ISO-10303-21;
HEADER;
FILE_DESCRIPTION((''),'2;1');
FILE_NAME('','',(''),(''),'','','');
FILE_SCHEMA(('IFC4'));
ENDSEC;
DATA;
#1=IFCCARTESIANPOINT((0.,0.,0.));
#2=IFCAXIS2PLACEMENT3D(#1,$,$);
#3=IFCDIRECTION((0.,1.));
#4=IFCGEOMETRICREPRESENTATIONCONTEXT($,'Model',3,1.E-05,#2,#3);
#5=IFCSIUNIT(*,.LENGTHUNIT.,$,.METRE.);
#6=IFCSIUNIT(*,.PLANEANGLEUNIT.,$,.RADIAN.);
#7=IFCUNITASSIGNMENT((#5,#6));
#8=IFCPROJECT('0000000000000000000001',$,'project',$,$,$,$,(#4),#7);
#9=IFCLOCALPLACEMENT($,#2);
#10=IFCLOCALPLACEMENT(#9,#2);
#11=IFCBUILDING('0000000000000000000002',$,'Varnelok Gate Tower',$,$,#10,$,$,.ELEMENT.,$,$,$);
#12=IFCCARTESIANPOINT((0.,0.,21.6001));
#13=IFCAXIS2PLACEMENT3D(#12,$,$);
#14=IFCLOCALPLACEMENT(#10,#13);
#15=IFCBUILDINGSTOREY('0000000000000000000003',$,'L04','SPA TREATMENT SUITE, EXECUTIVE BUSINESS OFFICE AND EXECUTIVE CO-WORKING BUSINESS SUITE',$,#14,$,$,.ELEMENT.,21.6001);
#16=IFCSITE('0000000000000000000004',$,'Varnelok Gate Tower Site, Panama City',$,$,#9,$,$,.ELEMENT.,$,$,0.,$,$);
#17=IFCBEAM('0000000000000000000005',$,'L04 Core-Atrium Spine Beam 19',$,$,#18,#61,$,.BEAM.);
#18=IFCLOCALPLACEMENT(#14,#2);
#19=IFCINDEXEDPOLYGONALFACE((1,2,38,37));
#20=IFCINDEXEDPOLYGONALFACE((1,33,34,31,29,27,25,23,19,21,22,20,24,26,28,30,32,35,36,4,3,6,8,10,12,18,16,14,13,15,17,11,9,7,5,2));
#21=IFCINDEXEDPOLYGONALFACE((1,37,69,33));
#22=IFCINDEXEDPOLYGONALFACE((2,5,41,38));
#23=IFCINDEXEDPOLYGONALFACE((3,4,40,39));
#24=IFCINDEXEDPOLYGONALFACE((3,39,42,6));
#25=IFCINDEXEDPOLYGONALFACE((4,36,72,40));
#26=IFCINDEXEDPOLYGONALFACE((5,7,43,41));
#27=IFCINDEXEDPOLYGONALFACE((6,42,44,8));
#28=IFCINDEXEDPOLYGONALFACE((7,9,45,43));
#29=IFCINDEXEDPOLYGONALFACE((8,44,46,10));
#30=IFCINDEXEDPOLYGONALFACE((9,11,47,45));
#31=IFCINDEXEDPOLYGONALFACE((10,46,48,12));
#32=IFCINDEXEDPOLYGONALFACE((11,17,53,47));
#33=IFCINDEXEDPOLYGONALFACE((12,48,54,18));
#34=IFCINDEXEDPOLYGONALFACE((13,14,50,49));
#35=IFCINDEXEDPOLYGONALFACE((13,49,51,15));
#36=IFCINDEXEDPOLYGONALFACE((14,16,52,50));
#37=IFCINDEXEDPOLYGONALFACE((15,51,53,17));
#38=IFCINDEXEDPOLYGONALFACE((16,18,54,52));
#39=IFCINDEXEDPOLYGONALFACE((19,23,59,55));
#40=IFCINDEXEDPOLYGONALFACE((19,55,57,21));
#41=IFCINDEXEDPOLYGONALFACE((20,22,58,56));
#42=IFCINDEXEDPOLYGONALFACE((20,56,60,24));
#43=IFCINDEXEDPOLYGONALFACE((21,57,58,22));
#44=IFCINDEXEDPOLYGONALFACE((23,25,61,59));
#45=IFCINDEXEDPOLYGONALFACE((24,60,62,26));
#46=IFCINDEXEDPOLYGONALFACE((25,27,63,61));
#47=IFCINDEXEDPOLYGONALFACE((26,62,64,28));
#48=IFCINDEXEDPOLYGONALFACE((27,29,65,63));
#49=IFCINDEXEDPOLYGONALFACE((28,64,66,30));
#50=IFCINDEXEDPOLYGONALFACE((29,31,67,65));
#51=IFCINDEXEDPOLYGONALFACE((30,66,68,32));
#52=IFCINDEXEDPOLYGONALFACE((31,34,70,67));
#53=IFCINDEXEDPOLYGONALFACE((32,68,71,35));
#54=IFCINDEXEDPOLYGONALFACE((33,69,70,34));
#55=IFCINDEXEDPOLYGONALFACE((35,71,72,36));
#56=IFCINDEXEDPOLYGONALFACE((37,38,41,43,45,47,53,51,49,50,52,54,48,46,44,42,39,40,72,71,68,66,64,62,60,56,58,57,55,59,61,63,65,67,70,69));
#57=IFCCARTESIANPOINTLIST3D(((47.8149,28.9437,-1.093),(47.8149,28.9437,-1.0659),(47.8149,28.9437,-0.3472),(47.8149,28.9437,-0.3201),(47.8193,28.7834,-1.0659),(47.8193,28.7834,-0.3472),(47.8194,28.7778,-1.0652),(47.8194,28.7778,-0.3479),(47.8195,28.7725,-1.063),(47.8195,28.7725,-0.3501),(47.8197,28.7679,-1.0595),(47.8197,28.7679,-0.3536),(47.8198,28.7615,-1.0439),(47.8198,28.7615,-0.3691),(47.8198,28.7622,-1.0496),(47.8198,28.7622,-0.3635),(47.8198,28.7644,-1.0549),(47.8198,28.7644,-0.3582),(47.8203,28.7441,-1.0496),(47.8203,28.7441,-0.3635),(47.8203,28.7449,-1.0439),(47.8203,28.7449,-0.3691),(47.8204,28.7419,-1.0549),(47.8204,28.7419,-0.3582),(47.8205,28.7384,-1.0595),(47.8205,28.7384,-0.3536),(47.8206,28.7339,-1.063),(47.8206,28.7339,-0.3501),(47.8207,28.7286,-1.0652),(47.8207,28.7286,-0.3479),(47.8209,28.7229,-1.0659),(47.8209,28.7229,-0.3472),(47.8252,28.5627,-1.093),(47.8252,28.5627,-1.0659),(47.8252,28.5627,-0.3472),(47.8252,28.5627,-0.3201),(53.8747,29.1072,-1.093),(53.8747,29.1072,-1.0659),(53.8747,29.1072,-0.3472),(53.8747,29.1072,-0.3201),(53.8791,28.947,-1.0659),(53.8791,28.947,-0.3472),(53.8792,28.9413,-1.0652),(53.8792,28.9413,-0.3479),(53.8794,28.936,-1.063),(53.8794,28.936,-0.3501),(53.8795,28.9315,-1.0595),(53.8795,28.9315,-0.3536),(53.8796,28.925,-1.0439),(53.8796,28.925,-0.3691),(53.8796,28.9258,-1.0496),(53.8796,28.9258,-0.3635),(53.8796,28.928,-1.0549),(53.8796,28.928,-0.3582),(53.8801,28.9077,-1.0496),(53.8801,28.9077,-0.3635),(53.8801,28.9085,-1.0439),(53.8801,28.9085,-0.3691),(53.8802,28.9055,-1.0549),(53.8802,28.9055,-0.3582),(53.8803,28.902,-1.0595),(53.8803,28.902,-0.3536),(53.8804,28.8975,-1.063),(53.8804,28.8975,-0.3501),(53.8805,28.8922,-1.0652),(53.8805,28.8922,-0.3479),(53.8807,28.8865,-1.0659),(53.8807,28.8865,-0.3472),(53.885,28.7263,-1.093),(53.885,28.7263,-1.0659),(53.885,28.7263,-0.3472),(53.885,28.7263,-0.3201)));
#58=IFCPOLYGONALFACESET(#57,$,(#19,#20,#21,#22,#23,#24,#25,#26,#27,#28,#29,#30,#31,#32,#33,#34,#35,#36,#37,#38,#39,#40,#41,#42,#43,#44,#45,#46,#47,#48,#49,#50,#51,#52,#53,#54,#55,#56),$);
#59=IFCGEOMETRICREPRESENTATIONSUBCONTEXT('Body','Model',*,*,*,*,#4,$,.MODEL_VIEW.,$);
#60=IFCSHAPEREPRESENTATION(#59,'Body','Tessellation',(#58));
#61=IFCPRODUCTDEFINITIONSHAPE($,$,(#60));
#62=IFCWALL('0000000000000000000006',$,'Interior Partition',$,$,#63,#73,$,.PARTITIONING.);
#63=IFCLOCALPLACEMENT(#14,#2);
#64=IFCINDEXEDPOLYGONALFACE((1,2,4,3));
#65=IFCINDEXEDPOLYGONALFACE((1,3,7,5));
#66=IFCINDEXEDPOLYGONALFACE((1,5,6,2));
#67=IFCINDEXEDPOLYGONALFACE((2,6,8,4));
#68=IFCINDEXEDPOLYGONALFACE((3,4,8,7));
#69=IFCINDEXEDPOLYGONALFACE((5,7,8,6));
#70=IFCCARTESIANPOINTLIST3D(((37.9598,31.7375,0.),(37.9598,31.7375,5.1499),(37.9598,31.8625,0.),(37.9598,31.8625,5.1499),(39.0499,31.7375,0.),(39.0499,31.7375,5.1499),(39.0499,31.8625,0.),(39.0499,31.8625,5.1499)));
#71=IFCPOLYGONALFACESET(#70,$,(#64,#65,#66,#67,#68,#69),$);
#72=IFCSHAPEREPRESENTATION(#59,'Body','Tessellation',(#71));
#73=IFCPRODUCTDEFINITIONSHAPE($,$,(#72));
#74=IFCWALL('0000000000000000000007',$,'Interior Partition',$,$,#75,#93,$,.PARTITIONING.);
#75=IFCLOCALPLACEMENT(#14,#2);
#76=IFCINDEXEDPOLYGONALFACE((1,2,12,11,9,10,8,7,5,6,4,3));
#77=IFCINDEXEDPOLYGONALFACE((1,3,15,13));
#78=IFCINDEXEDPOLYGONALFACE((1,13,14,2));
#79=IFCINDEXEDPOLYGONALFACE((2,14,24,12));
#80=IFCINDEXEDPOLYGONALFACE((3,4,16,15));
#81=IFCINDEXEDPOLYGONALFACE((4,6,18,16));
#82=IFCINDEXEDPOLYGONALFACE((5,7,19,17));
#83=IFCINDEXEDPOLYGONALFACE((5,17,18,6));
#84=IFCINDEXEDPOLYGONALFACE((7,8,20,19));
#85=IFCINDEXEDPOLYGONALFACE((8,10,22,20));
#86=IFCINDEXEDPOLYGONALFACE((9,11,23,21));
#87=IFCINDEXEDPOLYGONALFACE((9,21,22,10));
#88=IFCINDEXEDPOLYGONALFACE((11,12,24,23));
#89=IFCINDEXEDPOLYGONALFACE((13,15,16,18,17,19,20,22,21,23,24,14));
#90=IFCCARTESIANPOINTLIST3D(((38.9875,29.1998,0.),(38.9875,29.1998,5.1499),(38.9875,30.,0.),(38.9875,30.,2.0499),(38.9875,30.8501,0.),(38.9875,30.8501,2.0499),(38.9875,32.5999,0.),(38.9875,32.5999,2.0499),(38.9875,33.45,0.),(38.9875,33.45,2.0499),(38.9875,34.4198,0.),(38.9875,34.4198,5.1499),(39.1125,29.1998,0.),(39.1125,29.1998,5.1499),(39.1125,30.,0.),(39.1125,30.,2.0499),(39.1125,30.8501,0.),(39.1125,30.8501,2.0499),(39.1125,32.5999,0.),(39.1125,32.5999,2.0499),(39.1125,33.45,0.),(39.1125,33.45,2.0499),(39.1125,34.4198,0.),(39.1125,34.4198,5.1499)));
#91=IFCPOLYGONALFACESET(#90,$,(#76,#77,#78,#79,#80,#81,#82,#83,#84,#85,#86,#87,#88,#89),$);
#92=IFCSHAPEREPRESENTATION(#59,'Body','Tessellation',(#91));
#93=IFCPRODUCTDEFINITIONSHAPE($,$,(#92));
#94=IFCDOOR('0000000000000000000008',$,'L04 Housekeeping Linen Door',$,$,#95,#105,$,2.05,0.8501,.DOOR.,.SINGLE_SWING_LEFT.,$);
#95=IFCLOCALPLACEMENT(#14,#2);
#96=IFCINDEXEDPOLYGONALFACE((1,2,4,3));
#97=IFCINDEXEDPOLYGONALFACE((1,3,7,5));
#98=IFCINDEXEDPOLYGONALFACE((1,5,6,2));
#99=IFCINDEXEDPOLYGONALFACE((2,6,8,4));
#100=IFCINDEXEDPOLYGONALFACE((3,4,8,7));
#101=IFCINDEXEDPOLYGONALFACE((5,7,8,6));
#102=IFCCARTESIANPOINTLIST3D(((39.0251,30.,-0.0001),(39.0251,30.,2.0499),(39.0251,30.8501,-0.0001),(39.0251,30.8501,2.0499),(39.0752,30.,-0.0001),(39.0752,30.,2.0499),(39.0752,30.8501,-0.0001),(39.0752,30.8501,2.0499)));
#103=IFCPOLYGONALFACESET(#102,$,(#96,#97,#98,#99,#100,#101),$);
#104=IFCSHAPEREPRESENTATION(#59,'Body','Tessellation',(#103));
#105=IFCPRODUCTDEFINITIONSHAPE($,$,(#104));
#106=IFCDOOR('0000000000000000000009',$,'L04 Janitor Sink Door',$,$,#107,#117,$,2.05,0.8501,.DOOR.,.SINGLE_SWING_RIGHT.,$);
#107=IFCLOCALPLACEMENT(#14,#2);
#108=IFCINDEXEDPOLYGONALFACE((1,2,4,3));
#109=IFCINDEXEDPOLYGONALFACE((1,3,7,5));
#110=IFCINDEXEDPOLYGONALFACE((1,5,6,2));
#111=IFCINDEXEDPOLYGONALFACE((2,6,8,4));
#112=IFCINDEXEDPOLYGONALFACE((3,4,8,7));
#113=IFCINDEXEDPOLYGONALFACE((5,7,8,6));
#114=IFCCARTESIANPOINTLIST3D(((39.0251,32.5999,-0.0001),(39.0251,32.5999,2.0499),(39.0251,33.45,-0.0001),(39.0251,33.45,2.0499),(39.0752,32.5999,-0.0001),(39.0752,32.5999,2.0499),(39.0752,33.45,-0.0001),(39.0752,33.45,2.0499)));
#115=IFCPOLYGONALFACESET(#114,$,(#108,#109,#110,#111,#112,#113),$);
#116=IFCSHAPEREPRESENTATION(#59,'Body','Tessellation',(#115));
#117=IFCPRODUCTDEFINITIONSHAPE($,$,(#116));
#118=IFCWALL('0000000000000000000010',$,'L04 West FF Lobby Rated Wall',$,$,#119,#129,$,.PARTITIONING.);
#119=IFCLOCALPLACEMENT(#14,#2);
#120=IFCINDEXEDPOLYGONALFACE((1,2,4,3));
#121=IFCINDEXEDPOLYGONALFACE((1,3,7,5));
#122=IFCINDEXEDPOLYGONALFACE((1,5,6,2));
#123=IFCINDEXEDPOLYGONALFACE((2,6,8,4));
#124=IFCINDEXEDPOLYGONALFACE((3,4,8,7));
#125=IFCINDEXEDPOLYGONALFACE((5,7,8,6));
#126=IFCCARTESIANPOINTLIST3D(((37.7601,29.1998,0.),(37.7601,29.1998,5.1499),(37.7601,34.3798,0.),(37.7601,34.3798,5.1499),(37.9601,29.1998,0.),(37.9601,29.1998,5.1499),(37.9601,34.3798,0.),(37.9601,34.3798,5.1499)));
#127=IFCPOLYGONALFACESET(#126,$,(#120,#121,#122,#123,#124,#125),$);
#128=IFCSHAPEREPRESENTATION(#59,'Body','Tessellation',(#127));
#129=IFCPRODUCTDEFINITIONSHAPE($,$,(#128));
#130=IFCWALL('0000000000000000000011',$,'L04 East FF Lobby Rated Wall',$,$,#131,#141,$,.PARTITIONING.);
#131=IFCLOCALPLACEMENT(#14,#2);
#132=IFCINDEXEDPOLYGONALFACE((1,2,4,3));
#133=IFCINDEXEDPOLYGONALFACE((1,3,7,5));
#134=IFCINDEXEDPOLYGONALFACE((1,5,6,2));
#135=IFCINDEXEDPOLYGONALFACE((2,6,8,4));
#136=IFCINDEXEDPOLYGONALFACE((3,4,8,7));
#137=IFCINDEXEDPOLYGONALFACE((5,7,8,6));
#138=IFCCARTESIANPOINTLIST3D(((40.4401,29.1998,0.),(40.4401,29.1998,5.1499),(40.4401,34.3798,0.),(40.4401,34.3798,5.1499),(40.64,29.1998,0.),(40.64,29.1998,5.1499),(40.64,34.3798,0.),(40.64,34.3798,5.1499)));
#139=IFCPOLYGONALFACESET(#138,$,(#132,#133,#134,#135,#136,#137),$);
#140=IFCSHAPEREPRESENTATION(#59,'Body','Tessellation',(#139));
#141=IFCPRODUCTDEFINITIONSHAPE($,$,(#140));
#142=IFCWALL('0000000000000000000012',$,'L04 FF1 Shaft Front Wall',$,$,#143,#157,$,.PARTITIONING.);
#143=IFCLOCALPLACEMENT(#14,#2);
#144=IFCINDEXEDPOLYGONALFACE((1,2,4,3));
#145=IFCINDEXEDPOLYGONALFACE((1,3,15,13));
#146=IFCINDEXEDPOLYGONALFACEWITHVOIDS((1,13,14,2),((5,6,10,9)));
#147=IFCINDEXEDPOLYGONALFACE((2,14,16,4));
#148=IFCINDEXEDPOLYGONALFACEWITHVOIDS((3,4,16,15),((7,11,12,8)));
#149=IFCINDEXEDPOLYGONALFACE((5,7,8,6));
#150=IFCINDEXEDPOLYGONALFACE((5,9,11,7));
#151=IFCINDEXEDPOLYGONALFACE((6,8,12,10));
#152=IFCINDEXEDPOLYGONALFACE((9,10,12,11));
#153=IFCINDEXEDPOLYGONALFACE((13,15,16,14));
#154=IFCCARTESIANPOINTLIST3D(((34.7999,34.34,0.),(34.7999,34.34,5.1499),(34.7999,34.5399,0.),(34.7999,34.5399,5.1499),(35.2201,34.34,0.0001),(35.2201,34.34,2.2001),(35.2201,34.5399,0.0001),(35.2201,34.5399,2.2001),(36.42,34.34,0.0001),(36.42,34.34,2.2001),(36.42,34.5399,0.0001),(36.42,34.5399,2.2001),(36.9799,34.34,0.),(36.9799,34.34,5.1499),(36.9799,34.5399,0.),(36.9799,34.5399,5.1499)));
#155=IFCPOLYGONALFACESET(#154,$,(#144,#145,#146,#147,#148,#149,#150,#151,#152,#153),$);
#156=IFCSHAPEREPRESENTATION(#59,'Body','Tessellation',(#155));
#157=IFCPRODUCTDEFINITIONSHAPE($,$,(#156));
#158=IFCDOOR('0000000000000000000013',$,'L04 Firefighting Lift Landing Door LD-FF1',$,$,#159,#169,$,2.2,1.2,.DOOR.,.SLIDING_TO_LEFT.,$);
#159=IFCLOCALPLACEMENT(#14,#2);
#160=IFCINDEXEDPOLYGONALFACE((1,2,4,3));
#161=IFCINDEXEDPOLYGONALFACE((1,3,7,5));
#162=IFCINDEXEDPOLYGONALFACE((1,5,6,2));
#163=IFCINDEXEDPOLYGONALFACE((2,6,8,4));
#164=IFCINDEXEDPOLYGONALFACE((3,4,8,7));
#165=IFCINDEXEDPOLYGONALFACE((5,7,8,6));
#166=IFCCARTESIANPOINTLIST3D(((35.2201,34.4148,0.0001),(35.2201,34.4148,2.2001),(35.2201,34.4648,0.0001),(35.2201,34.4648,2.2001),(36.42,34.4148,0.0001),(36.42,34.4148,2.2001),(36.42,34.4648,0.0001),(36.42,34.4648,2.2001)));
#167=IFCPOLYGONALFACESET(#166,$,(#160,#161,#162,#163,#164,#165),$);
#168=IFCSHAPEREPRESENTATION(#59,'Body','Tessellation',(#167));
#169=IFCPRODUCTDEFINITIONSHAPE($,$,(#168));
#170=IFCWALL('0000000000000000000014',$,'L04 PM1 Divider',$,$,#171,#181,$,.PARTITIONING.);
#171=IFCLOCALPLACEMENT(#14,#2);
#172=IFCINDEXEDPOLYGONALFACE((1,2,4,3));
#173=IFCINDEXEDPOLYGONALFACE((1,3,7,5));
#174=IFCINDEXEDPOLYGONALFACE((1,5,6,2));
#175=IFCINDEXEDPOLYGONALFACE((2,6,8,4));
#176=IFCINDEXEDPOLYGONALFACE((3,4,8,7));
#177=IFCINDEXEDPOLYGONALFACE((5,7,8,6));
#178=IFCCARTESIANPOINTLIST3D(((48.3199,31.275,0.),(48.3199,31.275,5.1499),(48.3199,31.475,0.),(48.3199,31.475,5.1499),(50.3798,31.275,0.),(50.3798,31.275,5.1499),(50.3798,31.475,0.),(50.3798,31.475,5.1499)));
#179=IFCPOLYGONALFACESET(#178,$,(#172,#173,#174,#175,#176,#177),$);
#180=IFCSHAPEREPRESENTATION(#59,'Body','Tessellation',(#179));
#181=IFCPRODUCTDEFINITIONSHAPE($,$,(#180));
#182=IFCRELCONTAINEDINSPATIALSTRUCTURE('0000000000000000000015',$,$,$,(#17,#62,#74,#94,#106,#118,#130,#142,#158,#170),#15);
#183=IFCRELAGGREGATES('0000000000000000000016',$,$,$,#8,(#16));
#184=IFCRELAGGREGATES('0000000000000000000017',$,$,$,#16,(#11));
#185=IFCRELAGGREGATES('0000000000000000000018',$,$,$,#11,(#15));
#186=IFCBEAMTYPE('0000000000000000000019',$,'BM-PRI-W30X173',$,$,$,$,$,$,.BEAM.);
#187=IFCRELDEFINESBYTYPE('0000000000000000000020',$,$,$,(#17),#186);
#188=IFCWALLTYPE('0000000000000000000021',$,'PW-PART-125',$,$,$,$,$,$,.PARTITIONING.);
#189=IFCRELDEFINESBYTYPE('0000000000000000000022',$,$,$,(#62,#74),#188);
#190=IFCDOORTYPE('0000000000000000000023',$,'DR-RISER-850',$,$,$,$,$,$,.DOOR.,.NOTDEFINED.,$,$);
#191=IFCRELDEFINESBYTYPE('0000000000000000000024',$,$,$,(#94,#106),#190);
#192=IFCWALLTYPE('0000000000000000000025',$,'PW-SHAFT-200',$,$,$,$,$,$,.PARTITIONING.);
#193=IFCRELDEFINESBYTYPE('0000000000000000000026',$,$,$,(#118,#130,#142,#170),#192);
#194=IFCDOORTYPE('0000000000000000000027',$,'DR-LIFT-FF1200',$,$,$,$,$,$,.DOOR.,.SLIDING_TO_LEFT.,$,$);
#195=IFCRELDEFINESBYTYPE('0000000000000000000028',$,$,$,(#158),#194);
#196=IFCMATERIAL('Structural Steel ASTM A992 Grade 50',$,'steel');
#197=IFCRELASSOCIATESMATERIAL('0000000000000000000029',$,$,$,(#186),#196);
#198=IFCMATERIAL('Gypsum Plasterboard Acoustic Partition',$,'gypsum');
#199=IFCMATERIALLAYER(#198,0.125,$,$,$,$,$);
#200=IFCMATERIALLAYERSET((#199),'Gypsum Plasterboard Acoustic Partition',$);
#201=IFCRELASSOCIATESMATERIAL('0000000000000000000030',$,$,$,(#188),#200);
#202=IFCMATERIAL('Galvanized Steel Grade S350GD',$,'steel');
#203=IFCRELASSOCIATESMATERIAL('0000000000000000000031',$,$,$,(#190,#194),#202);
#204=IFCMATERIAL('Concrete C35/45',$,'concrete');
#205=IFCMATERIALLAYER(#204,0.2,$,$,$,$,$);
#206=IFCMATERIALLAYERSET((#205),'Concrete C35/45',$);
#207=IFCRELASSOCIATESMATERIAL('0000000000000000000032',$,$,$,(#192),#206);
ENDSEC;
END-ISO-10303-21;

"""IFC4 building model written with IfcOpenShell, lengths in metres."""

from ifc_helpers import new_model, si_unit, direction, frame, frame_2d, origin, origin_2d, place, context, subcontext, project, spatial, rectangle, i_section, extrude, material, layer, layer_set, material_profile, profile_set, type_object, element, fill, save


model = new_model("IFC4")

# Units and contexts
model_context = context("Model", 3, precision=1e-05, world=origin(), true_north=direction((0.0, 1.0)))
body_context = subcontext(model_context, "Body", "Model", "MODEL_VIEW")
ifc_project = project(units=[si_unit("LENGTHUNIT", "METRE"), si_unit("PLANEANGLEUNIT", "RADIAN")], contexts=[model_context])

# Site, building, storey
site_placement = place(None, origin())
site = spatial("IfcSite", under=ifc_project, at=site_placement, Name="Varnelok Gate Tower Site, Panama City", CompositionType="ELEMENT", RefElevation=0.0)
building_placement = place(site_placement, origin())
building = spatial("IfcBuilding", under=site, at=building_placement, Name="Varnelok Gate Tower", CompositionType="ELEMENT")
storey_placement = place(building_placement, frame((0.0, 0.0, 21.6001)))
storey = spatial("IfcBuildingStorey", under=building, at=storey_placement, Name="L04", Description="SPA TREATMENT SUITE, EXECUTIVE BUSINESS OFFICE AND EXECUTIVE CO-WORKING BUSINESS SUITE", CompositionType="ELEMENT", Elevation=21.6001)

# Beam
ifc_material_1 = material(Name="Structural Steel ASTM A992 Grade 50", Category="steel")
ifc_material_profile = material_profile(ifc_material_1, i_section(OverallWidth=0.3811, OverallDepth=0.7729, WebThickness=0.0166, FlangeThickness=0.0271, FilletRadius=0.022, at=origin_2d()), Name="W30X173")
ifc_profile_set = profile_set([ifc_material_profile], Name="Structural Steel ASTM A992 Grade 50")
beam_type = type_object("IfcBeamType", Name="BM-PRI-W30X173", PredefinedType="BEAM", material=ifc_profile_set)
beam_placement = place(storey_placement, frame((47.8201, 28.7532, -0.7065), z_axis=(0.999636, 0.026983, 0.0), x_axis=(-0.026983, 0.999636, 0.0)))
element("IfcBeam", 1, at=beam_placement, inside=storey, type_object=beam_type, Name="L04 Core-Atrium Spine Beam 19", PredefinedType="BEAM", context=body_context, shape_type="SweptSolid", body=[
    extrude(i_section(OverallWidth=0.3811, OverallDepth=0.7729, WebThickness=0.0166, FlangeThickness=0.0271, FilletRadius=0.022, at=origin_2d()), origin(), (0.0, 0.0, 1.0), 6.062),
])

# Wall
ifc_material_2 = material(Name="Gypsum Plasterboard Acoustic Partition", Category="gypsum")
ifc_layer_1 = layer(ifc_material_2, 0.125)
ifc_layer_set_1 = layer_set([ifc_layer_1], Name="Gypsum Plasterboard Acoustic Partition")
wall_type_1 = type_object("IfcWallType", Name="PW-PART-125", PredefinedType="PARTITIONING", material=ifc_layer_set_1)
wall_1_placement = place(storey_placement, frame((37.96, 31.8, 0.0), z_axis=(0.0, 0.0, 1.0), x_axis=(1.0, 0.0, 0.0)))
element("IfcWall", 2, at=wall_1_placement, inside=storey, type_object=wall_type_1, Name="Interior Partition", PredefinedType="PARTITIONING", context=body_context, shape_type="SweptSolid", body=[
    extrude(rectangle(XDim=1.0901, YDim=0.125, at=frame_2d((0.5449, 0.0))), origin(), (0.0, 0.0, 1.0), 5.1499),
])

# Wall, openings, doors
wall_2_placement = place(storey_placement, frame((39.05, 29.2, 0.0), z_axis=(0.0, 0.0, 1.0), x_axis=(0.0, 1.0, 0.0)))
wall_2 = element("IfcWall", 3, at=wall_2_placement, inside=storey, type_object=wall_type_1, Name="Interior Partition", PredefinedType="PARTITIONING", context=body_context, shape_type="SweptSolid", body=[
    extrude(rectangle(XDim=5.22, YDim=0.125, at=frame_2d((2.6099, 0.0))), origin(), (0.0, 0.0, 1.0), 5.1499),
])
opening_1_placement = place(wall_2_placement, frame((0.8, 0.0, 0.0)))
opening_1 = element("IfcOpeningElement", 4, at=opening_1_placement, cuts=wall_2, PredefinedType="OPENING", context=body_context, shape_type="SweptSolid", body=[
    extrude(rectangle(XDim=0.8501, YDim=2.05, at=frame_2d((0.425, 1.0249))), frame((0.0, 0.0725, 0.0), z_axis=(0.0, -1.0, 0.0), x_axis=(1.0, 0.0, 0.0)), (0.0, 0.0, 1.0), 0.145),
])
opening_2_placement = place(wall_2_placement, frame((3.3999, 0.0, 0.0)))
opening_2 = element("IfcOpeningElement", 5, at=opening_2_placement, cuts=wall_2, PredefinedType="OPENING", context=body_context, shape_type="SweptSolid", body=[
    extrude(rectangle(XDim=0.8501, YDim=2.05, at=frame_2d((0.425, 1.0249))), frame((0.0, 0.0725, 0.0), z_axis=(0.0, -1.0, 0.0), x_axis=(1.0, 0.0, 0.0)), (0.0, 0.0, 1.0), 0.145),
])
ifc_material_3 = material(Name="Galvanized Steel Grade S350GD", Category="steel")
door_type_1 = type_object("IfcDoorType", Name="DR-RISER-850", OperationType="NOTDEFINED", PredefinedType="DOOR", material=ifc_material_3)
door_1_placement = place(opening_1_placement, origin())
door_1 = element("IfcDoor", 6, at=door_1_placement, inside=storey, type_object=door_type_1, Name="L04 Housekeeping Linen Door", OperationType="SINGLE_SWING_LEFT", OverallHeight=2.05, OverallWidth=0.8501, PredefinedType="DOOR", context=body_context, shape_type="SweptSolid", body=[
    extrude(rectangle(XDim=0.8501, YDim=2.05, at=frame_2d((0.425, 1.0249))), frame((0.0, 0.0249, 0.0), z_axis=(0.0, -1.0, 0.0), x_axis=(1.0, 0.0, 0.0)), (0.0, 0.0, 1.0), 0.05),
])
fill(opening_1, door_1)
door_2_placement = place(opening_2_placement, origin())
door_2 = element("IfcDoor", 7, at=door_2_placement, inside=storey, type_object=door_type_1, Name="L04 Janitor Sink Door", OperationType="SINGLE_SWING_RIGHT", OverallHeight=2.05, OverallWidth=0.8501, PredefinedType="DOOR", context=body_context, shape_type="SweptSolid", body=[
    extrude(rectangle(XDim=0.8501, YDim=2.05, at=frame_2d((0.425, 1.0249))), frame((0.0, 0.0249, 0.0), z_axis=(0.0, -1.0, 0.0), x_axis=(1.0, 0.0, 0.0)), (0.0, 0.0, 1.0), 0.05),
])
fill(opening_2, door_2)

# Walls
ifc_material_4 = material(Name="Concrete C35/45", Category="concrete")
ifc_layer_2 = layer(ifc_material_4, 0.2)
ifc_layer_set_2 = layer_set([ifc_layer_2], Name="Concrete C35/45")
wall_type_2 = type_object("IfcWallType", Name="PW-SHAFT-200", PredefinedType="PARTITIONING", material=ifc_layer_set_2)
for number, where, z_axis, x_axis, name in (
    (8, (37.8601, 29.2, 0.0), (0.0, 0.0, 1.0), (0.0, 1.0, 0.0), "L04 West FF Lobby Rated Wall"),
    (9, (40.54, 29.2, 0.0), (0.0, 0.0, 1.0), (0.0, 1.0, 0.0), "L04 East FF Lobby Rated Wall"),
):
    element("IfcWall", number, at=place(storey_placement, frame(where, z_axis=z_axis, x_axis=x_axis)), inside=storey, type_object=wall_type_2, Name=name, PredefinedType="PARTITIONING", context=body_context, shape_type="SweptSolid", body=[
        extrude(rectangle(XDim=5.1799, YDim=0.2, at=frame_2d((2.5898, 0.0))), origin(), (0.0, 0.0, 1.0), 5.1499),
    ])

# Wall, opening, door
wall_3_placement = place(storey_placement, frame((34.8, 34.4399, 0.0), z_axis=(0.0, 0.0, 1.0), x_axis=(1.0, 0.0, 0.0)))
wall_3 = element("IfcWall", 10, at=wall_3_placement, inside=storey, type_object=wall_type_2, Name="L04 FF1 Shaft Front Wall", PredefinedType="PARTITIONING", context=body_context, shape_type="SweptSolid", body=[
    extrude(rectangle(XDim=2.1799, YDim=0.2, at=frame_2d((1.0898, 0.0))), origin(), (0.0, 0.0, 1.0), 5.1499),
])
opening_3_placement = place(wall_3_placement, frame((0.4199, 0.0, 0.0)))
opening_3 = element("IfcOpeningElement", 11, at=opening_3_placement, cuts=wall_3, PredefinedType="OPENING", context=body_context, shape_type="SweptSolid", body=[
    extrude(rectangle(XDim=1.2, YDim=2.2, at=frame_2d((0.6001, 1.1001))), frame((0.0, 0.1099, 0.0), z_axis=(0.0, -1.0, 0.0), x_axis=(1.0, 0.0, 0.0)), (0.0, 0.0, 1.0), 0.22),
])
door_type_2 = type_object("IfcDoorType", Name="DR-LIFT-FF1200", OperationType="SLIDING_TO_LEFT", PredefinedType="DOOR", material=ifc_material_3)
door_3_placement = place(opening_3_placement, origin())
door_3 = element("IfcDoor", 12, at=door_3_placement, inside=storey, type_object=door_type_2, Name="L04 Firefighting Lift Landing Door LD-FF1", OperationType="SLIDING_TO_LEFT", OverallHeight=2.2, OverallWidth=1.2, PredefinedType="DOOR", context=body_context, shape_type="SweptSolid", body=[
    extrude(rectangle(XDim=1.2, YDim=2.2, at=frame_2d((0.6001, 1.1001))), frame((0.0, 0.0249, 0.0), z_axis=(0.0, -1.0, 0.0), x_axis=(1.0, 0.0, 0.0)), (0.0, 0.0, 1.0), 0.05),
])
fill(opening_3, door_3)

# Wall
for number, where, z_axis, x_axis, name in (
    (13, (48.3201, 31.375, 0.0), (0.0, 0.0, 1.0), (1.0, 0.0, 0.0), "L04 PM1 Divider"),
):
    element("IfcWall", number, at=place(storey_placement, frame(where, z_axis=z_axis, x_axis=x_axis)), inside=storey, type_object=wall_type_2, Name=name, PredefinedType="PARTITIONING", context=body_context, shape_type="SweptSolid", body=[
        extrude(rectangle(XDim=2.0598, YDim=0.2, at=frame_2d((1.0298, 0.0))), origin(), (0.0, 0.0, 1.0), 5.1499),
    ])

save(model, "model.ifc")
